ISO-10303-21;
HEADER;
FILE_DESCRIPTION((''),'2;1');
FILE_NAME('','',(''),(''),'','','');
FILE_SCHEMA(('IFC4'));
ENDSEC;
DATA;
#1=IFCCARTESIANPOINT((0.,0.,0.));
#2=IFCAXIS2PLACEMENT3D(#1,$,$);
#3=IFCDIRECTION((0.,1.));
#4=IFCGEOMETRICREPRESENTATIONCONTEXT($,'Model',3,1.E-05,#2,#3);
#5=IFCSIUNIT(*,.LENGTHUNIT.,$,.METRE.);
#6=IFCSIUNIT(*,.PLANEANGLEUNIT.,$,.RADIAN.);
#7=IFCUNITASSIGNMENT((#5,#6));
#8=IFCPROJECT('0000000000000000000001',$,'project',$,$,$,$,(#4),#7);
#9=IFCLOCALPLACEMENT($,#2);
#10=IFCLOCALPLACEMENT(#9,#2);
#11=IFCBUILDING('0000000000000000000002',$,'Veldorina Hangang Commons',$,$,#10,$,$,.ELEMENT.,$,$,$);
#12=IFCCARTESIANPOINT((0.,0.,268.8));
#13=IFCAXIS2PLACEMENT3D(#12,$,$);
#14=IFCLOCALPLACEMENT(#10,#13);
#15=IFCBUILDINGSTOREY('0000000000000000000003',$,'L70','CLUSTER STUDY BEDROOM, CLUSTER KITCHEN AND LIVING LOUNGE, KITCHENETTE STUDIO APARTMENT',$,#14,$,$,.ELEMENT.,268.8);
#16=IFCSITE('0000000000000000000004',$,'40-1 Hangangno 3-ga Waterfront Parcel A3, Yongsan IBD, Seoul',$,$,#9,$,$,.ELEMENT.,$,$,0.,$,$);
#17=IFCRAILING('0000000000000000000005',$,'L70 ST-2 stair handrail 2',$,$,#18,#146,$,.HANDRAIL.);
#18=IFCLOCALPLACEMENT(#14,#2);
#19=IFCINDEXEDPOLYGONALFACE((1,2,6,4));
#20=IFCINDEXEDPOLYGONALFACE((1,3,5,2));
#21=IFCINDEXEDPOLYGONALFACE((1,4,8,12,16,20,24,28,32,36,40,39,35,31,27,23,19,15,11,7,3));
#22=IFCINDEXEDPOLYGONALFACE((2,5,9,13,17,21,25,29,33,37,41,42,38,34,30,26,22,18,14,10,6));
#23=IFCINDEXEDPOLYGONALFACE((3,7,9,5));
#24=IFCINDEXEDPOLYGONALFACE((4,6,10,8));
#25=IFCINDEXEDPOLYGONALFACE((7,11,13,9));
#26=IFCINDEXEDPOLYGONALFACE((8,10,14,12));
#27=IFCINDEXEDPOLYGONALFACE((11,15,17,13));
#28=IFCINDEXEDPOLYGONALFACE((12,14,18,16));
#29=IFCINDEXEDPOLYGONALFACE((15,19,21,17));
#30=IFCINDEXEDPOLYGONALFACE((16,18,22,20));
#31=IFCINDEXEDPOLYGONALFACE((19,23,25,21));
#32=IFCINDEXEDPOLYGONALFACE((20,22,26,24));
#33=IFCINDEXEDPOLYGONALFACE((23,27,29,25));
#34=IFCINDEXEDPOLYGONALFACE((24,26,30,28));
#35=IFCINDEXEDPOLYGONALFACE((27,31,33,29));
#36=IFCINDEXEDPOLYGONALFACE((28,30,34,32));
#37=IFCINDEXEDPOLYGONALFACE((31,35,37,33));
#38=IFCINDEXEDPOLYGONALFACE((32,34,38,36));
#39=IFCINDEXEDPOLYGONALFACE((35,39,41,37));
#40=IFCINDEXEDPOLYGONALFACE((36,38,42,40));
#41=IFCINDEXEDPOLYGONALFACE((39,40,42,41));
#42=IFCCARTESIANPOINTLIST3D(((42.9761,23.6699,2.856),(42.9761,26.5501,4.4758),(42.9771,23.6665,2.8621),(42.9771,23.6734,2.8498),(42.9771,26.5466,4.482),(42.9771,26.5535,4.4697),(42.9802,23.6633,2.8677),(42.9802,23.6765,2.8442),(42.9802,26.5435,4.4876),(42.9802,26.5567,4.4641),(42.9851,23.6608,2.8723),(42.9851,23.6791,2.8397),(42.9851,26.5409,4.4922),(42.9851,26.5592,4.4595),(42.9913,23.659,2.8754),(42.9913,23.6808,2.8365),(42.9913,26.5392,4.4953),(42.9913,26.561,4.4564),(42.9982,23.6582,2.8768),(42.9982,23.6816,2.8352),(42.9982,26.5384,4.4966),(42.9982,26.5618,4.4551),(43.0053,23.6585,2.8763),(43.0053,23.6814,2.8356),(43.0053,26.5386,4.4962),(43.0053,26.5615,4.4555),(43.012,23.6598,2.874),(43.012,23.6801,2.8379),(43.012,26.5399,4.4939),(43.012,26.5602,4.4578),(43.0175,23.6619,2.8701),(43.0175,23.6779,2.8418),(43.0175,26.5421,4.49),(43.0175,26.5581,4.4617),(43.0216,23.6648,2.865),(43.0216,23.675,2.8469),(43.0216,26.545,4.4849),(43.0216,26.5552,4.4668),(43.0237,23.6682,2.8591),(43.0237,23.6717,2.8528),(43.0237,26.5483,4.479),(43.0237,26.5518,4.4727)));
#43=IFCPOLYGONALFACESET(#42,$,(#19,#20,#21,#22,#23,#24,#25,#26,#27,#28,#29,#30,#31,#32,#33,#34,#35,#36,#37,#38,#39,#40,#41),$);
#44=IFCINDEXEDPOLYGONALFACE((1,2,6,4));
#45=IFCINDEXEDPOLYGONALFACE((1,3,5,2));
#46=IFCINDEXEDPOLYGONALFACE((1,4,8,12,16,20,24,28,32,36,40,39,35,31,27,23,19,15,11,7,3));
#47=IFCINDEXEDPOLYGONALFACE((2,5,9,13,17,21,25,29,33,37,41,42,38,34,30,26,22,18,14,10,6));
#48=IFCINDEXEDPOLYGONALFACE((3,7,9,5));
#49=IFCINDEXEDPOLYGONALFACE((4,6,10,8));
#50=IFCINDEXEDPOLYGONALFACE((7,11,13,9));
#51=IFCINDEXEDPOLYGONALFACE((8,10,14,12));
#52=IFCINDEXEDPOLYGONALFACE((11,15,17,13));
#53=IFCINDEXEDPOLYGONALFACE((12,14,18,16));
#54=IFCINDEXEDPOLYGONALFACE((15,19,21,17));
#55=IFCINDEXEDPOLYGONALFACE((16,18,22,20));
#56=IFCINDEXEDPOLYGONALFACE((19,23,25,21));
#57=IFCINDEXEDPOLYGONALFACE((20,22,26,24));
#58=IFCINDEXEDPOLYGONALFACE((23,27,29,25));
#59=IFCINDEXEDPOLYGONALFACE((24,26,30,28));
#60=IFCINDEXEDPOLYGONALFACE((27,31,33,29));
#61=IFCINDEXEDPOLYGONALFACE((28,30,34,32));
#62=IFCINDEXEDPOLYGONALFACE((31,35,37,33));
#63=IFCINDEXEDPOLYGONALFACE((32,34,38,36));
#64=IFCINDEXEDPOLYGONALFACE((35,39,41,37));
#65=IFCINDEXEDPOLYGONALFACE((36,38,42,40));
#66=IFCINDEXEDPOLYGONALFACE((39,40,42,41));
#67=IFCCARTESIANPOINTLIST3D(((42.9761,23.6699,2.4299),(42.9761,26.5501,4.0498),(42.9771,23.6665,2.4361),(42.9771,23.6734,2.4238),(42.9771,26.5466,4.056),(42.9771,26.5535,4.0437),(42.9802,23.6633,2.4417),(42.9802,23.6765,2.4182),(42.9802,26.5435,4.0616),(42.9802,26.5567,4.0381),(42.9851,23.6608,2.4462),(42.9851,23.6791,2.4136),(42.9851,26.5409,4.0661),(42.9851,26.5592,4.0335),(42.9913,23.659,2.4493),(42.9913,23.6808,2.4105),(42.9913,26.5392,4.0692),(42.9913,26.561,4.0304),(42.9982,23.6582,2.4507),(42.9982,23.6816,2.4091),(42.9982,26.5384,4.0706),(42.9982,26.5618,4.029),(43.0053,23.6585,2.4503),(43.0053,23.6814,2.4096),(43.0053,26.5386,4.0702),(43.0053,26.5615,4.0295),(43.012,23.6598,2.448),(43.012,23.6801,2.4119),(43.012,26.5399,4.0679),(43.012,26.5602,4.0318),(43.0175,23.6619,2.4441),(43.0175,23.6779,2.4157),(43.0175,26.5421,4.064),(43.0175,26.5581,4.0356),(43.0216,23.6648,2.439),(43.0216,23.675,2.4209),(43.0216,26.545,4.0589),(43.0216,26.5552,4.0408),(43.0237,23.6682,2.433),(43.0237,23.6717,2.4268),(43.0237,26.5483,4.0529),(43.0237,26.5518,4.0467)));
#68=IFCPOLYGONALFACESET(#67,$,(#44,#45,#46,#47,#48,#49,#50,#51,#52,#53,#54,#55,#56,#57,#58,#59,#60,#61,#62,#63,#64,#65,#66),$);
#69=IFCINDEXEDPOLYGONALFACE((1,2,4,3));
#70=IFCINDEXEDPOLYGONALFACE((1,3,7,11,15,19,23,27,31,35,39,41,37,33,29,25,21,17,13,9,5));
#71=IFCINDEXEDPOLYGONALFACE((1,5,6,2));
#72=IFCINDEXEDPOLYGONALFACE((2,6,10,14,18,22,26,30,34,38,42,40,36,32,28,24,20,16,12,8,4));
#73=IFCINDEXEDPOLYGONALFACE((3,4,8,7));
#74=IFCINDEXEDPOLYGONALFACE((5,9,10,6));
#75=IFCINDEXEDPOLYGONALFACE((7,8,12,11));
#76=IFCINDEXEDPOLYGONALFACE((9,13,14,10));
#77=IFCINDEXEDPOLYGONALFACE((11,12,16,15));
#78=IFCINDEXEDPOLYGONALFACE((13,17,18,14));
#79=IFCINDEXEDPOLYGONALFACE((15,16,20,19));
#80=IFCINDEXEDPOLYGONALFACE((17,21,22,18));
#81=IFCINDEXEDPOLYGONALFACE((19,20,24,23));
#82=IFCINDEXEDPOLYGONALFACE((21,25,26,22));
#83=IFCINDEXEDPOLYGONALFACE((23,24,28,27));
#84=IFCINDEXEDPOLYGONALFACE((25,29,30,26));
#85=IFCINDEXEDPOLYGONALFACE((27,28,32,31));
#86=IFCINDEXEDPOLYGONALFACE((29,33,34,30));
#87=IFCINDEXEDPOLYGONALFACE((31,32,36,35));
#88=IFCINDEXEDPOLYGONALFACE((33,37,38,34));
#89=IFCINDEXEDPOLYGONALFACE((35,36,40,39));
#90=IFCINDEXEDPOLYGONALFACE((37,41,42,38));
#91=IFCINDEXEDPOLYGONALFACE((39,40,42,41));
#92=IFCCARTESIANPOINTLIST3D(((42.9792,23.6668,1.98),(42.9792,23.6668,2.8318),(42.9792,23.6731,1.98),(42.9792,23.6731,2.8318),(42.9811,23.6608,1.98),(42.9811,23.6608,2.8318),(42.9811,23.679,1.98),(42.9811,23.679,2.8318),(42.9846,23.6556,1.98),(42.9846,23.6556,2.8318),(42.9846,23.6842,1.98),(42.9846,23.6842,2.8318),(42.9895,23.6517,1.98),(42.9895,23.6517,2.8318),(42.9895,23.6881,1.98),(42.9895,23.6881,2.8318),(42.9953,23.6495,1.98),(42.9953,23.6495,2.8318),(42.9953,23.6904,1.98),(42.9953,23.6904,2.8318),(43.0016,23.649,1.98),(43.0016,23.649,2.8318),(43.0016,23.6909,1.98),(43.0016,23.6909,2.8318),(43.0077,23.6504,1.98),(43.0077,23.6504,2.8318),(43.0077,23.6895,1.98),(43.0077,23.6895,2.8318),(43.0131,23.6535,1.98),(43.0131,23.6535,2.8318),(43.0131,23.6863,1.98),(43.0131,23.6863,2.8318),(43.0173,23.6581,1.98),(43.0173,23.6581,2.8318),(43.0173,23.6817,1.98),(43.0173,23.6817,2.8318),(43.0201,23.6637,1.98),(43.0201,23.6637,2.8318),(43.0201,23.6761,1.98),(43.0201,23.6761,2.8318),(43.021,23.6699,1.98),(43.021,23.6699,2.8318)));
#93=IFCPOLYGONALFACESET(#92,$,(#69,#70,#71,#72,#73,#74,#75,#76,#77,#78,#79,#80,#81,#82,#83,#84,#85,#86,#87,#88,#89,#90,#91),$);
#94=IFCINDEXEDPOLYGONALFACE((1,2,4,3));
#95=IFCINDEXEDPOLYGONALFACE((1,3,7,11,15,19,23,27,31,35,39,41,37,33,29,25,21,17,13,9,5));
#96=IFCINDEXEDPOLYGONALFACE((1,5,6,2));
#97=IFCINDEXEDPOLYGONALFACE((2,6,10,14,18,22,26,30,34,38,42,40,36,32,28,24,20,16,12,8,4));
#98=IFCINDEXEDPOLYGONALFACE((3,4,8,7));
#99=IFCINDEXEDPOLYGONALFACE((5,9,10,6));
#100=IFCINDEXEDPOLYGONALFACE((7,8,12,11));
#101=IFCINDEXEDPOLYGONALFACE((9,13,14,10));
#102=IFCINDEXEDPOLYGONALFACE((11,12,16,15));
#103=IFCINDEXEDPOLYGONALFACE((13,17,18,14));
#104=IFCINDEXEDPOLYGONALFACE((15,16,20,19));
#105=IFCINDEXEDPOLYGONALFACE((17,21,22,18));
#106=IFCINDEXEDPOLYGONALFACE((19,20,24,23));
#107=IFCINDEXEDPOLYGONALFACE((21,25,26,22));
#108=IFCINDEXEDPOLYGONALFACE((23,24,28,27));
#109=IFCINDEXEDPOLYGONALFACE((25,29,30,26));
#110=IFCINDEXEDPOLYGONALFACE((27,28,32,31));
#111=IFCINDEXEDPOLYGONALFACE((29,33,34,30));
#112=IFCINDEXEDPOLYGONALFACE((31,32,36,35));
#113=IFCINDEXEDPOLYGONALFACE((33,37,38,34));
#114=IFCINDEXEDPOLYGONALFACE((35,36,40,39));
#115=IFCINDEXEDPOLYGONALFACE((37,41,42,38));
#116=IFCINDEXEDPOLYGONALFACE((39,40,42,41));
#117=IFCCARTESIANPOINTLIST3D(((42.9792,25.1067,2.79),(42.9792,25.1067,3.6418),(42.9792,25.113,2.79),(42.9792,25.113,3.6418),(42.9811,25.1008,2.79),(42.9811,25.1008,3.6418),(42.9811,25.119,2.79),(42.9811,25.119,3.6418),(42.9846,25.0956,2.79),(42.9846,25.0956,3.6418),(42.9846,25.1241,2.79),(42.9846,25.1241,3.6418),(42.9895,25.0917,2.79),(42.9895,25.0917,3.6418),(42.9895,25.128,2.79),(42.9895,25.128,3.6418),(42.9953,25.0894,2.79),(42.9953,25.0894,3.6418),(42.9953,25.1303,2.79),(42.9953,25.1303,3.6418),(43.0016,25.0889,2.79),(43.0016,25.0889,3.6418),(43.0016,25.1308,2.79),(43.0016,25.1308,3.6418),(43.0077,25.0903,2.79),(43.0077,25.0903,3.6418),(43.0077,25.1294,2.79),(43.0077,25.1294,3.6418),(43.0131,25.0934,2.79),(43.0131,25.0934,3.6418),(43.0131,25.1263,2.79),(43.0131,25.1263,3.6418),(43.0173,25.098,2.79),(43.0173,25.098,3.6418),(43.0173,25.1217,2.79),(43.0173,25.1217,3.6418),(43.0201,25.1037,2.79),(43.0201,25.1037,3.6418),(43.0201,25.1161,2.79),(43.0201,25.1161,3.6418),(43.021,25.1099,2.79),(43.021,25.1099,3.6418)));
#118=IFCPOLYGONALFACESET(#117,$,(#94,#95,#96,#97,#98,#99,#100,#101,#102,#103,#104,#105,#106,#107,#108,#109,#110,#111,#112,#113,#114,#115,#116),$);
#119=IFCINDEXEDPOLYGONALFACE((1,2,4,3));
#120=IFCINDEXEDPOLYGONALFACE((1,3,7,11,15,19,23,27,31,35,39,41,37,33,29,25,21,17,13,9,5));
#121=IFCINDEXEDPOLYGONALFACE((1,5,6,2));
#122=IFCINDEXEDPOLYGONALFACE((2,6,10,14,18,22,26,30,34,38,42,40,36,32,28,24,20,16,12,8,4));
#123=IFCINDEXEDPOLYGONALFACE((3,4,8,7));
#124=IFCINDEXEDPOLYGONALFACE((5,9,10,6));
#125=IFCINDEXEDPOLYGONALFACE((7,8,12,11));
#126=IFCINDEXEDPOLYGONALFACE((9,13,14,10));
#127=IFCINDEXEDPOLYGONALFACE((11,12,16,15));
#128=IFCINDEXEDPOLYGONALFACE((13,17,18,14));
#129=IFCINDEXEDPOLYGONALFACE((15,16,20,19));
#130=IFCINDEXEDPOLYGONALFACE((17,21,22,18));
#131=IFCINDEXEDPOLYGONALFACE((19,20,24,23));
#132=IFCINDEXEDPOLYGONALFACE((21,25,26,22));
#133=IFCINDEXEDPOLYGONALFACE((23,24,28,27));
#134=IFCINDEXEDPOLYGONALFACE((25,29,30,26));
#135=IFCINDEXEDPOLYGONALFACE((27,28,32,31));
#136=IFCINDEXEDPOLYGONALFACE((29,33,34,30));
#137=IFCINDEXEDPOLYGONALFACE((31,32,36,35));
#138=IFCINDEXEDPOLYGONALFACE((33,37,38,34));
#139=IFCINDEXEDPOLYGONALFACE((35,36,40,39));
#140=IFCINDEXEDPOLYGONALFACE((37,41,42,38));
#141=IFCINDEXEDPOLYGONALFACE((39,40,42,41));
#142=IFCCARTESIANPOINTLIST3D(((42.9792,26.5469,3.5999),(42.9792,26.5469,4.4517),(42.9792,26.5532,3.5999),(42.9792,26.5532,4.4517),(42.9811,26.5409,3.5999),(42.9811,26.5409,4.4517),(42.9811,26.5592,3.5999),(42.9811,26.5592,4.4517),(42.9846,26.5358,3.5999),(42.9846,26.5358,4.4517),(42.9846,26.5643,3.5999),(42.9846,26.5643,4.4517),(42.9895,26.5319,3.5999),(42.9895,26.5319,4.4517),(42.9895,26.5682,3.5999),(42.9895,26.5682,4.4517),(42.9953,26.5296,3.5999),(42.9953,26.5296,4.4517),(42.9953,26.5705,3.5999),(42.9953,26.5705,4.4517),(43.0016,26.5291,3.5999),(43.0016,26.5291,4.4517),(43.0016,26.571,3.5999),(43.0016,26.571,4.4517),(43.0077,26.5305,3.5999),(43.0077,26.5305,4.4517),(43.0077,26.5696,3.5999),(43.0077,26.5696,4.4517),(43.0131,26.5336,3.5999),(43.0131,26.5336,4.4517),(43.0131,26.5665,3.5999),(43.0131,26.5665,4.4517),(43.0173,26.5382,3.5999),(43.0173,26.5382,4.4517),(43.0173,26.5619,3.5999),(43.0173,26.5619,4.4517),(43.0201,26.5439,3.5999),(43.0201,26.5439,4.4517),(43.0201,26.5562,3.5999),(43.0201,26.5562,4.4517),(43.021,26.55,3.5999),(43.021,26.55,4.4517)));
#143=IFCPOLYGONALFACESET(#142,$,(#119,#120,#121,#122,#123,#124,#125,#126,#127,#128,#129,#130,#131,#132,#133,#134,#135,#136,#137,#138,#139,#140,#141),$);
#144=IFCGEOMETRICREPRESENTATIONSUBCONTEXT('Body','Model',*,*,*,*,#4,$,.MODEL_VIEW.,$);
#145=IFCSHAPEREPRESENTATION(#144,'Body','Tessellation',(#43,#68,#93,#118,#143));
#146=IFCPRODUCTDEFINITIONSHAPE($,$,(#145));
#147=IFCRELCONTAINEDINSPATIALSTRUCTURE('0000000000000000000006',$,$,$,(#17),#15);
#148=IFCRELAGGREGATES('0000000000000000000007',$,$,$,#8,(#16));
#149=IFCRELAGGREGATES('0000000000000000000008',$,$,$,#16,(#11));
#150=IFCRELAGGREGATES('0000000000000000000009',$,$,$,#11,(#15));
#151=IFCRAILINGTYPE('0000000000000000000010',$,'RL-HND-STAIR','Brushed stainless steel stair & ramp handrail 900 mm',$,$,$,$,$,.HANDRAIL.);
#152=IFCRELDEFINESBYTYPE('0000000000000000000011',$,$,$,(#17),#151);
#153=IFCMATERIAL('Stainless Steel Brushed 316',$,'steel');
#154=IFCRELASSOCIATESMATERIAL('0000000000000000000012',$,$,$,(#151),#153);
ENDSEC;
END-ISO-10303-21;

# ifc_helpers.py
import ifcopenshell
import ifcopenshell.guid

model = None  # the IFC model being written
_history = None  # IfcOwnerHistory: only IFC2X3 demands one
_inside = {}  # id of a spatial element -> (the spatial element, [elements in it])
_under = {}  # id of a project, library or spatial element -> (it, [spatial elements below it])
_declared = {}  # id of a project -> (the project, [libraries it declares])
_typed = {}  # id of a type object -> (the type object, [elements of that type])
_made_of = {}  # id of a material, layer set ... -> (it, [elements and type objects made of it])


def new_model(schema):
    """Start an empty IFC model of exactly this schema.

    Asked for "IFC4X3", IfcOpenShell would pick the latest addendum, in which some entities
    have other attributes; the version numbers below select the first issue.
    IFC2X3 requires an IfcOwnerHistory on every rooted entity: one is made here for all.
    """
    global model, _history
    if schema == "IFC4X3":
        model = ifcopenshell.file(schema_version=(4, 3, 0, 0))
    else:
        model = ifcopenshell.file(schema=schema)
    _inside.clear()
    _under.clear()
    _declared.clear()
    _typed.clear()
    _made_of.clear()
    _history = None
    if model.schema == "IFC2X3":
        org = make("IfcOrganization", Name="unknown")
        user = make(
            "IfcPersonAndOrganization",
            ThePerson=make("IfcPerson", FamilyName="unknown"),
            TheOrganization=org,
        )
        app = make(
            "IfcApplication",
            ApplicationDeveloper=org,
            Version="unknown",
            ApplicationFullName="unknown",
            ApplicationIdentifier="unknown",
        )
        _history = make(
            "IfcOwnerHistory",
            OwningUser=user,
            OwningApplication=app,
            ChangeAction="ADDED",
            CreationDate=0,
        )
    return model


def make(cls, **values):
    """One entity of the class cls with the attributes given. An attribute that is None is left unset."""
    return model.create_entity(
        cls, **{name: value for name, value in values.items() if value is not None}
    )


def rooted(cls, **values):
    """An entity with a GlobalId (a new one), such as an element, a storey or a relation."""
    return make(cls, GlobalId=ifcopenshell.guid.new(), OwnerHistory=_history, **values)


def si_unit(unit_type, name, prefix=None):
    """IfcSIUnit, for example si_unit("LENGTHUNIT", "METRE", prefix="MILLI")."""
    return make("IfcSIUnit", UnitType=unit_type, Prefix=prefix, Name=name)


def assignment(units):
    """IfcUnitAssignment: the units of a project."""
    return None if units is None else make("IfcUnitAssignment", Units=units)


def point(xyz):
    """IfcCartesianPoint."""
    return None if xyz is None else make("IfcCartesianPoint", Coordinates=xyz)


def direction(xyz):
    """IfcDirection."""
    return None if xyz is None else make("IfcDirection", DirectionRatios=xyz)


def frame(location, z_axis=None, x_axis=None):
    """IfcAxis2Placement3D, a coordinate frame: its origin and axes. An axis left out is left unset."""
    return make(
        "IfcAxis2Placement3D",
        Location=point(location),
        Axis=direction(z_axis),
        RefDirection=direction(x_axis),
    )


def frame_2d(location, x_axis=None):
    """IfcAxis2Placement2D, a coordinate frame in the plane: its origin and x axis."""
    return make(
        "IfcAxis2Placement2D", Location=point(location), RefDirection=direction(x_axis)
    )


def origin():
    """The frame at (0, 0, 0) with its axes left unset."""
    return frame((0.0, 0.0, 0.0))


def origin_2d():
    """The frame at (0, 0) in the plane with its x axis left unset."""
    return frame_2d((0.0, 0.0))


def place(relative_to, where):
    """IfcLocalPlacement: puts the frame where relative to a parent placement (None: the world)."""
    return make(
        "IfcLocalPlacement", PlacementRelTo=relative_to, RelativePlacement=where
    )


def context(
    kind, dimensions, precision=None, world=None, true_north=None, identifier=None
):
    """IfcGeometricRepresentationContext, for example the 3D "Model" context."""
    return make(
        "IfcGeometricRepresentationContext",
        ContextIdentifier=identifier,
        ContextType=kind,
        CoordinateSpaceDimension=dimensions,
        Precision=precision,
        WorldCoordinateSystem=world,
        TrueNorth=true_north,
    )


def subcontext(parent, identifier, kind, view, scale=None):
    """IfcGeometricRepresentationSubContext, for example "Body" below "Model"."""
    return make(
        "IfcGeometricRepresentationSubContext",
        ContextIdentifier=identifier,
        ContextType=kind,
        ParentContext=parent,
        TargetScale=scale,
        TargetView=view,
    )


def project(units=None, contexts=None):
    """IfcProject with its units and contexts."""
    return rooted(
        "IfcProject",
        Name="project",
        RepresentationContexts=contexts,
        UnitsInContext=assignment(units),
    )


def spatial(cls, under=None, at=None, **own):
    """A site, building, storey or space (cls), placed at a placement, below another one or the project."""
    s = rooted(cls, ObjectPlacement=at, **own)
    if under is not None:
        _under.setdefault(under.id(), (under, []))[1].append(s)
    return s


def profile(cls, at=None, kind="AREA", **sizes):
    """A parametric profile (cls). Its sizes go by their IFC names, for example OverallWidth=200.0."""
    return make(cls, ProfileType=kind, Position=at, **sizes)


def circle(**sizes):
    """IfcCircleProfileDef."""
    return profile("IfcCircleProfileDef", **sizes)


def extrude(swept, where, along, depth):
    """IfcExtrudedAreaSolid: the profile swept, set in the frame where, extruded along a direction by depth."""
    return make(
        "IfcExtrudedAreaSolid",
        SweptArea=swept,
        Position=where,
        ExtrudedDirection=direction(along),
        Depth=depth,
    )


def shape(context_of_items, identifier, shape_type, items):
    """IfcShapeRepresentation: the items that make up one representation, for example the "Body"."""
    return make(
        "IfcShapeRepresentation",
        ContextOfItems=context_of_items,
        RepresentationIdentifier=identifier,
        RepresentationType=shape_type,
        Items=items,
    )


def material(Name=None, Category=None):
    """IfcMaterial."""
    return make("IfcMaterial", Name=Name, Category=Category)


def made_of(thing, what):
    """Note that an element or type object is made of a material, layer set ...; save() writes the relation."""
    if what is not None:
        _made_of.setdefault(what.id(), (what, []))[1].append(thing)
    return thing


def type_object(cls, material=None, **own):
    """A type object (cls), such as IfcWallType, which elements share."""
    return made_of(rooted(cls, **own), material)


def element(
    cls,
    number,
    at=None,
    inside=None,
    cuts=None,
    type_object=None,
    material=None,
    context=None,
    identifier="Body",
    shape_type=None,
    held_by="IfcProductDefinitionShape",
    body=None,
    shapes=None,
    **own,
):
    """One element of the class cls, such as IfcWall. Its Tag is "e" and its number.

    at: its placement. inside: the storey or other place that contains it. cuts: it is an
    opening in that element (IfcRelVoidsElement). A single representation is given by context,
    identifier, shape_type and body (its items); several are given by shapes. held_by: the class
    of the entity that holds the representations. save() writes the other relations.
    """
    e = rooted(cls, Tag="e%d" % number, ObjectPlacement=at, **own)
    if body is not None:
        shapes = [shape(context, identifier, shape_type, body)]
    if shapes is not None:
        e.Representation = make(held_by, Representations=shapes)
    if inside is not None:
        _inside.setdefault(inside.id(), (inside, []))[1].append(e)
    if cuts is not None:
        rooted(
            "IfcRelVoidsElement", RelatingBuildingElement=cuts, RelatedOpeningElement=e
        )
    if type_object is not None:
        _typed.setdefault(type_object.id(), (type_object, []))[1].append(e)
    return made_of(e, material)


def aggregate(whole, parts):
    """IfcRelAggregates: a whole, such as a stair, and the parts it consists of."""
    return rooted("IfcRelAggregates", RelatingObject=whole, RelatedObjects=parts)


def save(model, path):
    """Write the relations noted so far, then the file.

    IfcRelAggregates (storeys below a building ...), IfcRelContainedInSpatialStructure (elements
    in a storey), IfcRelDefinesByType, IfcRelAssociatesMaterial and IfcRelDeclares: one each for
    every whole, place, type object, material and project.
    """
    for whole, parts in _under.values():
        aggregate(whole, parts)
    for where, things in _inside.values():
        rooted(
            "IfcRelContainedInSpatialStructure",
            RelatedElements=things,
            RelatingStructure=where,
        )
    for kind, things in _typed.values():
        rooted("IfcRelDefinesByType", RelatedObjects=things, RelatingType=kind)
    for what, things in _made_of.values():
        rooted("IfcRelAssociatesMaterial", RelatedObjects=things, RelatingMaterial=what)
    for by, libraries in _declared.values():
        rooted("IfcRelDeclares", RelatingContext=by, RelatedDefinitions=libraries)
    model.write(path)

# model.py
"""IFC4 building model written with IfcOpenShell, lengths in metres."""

from ifc_helpers import new_model, si_unit, direction, frame, origin, origin_2d, place, context, subcontext, project, spatial, circle, extrude, material, type_object, element, save


model = new_model("IFC4")

# Units and contexts
model_context = context("Model", 3, precision=1e-05, world=origin(), true_north=direction((0.0, 1.0)))
body_context = subcontext(model_context, "Body", "Model", "MODEL_VIEW")
ifc_project = project(units=[si_unit("LENGTHUNIT", "METRE"), si_unit("PLANEANGLEUNIT", "RADIAN")], contexts=[model_context])

# Site, building, storey
site_placement = place(None, origin())
site = spatial("IfcSite", under=ifc_project, at=site_placement, Name="40-1 Hangangno 3-ga Waterfront Parcel A3, Yongsan IBD, Seoul", CompositionType="ELEMENT", RefElevation=0.0)
building_placement = place(site_placement, origin())
building = spatial("IfcBuilding", under=site, at=building_placement, Name="Veldorina Hangang Commons", CompositionType="ELEMENT")
storey_placement = place(building_placement, frame((0.0, 0.0, 268.8)))
storey = spatial("IfcBuildingStorey", under=building, at=storey_placement, Name="L70", Description="CLUSTER STUDY BEDROOM, CLUSTER KITCHEN AND LIVING LOUNGE, KITCHENETTE STUDIO APARTMENT", CompositionType="ELEMENT", Elevation=268.8)

# Railing
ifc_material_1 = material(Name="Stainless Steel Brushed 316", Category="steel")
railing_type_1 = type_object("IfcRailingType", Name="RL-HND-STAIR", Description="Brushed stainless steel stair & ramp handrail 900 mm", PredefinedType="HANDRAIL", material=ifc_material_1)
railing_1_placement = place(storey_placement, frame((43.0, 23.6699, 1.98)))
element("IfcRailing", 1, at=railing_1_placement, inside=storey, type_object=railing_type_1, Name="L70 ST-2 stair handrail 2", PredefinedType="HANDRAIL", context=body_context, shape_type="SweptSolid", body=[
    extrude(circle(Radius=0.0239, at=origin_2d()), frame((0.0, 0.0, 0.876), z_axis=(0.0, 0.871601, 0.490216), x_axis=(-1.0, 0.0, 0.0)), (0.0, 0.0, 1.0), 3.3044),
    extrude(circle(Radius=0.0239, at=origin_2d()), frame((0.0, 0.0, 0.45), z_axis=(0.0, 0.871601, 0.490216), x_axis=(-1.0, 0.0, 0.0)), (0.0, 0.0, 1.0), 3.3044),
    extrude(circle(Radius=0.021, at=origin_2d()), origin(), (0.0, 0.0, 1.0), 0.8518),
    extrude(circle(Radius=0.021, at=origin_2d()), frame((0.0, 1.4399, 0.8101)), (0.0, 0.0, 1.0), 0.8518),
    extrude(circle(Radius=0.021, at=origin_2d()), frame((0.0, 2.8801, 1.6199)), (0.0, 0.0, 1.0), 0.8518),
])

save(model, "model.ifc")
